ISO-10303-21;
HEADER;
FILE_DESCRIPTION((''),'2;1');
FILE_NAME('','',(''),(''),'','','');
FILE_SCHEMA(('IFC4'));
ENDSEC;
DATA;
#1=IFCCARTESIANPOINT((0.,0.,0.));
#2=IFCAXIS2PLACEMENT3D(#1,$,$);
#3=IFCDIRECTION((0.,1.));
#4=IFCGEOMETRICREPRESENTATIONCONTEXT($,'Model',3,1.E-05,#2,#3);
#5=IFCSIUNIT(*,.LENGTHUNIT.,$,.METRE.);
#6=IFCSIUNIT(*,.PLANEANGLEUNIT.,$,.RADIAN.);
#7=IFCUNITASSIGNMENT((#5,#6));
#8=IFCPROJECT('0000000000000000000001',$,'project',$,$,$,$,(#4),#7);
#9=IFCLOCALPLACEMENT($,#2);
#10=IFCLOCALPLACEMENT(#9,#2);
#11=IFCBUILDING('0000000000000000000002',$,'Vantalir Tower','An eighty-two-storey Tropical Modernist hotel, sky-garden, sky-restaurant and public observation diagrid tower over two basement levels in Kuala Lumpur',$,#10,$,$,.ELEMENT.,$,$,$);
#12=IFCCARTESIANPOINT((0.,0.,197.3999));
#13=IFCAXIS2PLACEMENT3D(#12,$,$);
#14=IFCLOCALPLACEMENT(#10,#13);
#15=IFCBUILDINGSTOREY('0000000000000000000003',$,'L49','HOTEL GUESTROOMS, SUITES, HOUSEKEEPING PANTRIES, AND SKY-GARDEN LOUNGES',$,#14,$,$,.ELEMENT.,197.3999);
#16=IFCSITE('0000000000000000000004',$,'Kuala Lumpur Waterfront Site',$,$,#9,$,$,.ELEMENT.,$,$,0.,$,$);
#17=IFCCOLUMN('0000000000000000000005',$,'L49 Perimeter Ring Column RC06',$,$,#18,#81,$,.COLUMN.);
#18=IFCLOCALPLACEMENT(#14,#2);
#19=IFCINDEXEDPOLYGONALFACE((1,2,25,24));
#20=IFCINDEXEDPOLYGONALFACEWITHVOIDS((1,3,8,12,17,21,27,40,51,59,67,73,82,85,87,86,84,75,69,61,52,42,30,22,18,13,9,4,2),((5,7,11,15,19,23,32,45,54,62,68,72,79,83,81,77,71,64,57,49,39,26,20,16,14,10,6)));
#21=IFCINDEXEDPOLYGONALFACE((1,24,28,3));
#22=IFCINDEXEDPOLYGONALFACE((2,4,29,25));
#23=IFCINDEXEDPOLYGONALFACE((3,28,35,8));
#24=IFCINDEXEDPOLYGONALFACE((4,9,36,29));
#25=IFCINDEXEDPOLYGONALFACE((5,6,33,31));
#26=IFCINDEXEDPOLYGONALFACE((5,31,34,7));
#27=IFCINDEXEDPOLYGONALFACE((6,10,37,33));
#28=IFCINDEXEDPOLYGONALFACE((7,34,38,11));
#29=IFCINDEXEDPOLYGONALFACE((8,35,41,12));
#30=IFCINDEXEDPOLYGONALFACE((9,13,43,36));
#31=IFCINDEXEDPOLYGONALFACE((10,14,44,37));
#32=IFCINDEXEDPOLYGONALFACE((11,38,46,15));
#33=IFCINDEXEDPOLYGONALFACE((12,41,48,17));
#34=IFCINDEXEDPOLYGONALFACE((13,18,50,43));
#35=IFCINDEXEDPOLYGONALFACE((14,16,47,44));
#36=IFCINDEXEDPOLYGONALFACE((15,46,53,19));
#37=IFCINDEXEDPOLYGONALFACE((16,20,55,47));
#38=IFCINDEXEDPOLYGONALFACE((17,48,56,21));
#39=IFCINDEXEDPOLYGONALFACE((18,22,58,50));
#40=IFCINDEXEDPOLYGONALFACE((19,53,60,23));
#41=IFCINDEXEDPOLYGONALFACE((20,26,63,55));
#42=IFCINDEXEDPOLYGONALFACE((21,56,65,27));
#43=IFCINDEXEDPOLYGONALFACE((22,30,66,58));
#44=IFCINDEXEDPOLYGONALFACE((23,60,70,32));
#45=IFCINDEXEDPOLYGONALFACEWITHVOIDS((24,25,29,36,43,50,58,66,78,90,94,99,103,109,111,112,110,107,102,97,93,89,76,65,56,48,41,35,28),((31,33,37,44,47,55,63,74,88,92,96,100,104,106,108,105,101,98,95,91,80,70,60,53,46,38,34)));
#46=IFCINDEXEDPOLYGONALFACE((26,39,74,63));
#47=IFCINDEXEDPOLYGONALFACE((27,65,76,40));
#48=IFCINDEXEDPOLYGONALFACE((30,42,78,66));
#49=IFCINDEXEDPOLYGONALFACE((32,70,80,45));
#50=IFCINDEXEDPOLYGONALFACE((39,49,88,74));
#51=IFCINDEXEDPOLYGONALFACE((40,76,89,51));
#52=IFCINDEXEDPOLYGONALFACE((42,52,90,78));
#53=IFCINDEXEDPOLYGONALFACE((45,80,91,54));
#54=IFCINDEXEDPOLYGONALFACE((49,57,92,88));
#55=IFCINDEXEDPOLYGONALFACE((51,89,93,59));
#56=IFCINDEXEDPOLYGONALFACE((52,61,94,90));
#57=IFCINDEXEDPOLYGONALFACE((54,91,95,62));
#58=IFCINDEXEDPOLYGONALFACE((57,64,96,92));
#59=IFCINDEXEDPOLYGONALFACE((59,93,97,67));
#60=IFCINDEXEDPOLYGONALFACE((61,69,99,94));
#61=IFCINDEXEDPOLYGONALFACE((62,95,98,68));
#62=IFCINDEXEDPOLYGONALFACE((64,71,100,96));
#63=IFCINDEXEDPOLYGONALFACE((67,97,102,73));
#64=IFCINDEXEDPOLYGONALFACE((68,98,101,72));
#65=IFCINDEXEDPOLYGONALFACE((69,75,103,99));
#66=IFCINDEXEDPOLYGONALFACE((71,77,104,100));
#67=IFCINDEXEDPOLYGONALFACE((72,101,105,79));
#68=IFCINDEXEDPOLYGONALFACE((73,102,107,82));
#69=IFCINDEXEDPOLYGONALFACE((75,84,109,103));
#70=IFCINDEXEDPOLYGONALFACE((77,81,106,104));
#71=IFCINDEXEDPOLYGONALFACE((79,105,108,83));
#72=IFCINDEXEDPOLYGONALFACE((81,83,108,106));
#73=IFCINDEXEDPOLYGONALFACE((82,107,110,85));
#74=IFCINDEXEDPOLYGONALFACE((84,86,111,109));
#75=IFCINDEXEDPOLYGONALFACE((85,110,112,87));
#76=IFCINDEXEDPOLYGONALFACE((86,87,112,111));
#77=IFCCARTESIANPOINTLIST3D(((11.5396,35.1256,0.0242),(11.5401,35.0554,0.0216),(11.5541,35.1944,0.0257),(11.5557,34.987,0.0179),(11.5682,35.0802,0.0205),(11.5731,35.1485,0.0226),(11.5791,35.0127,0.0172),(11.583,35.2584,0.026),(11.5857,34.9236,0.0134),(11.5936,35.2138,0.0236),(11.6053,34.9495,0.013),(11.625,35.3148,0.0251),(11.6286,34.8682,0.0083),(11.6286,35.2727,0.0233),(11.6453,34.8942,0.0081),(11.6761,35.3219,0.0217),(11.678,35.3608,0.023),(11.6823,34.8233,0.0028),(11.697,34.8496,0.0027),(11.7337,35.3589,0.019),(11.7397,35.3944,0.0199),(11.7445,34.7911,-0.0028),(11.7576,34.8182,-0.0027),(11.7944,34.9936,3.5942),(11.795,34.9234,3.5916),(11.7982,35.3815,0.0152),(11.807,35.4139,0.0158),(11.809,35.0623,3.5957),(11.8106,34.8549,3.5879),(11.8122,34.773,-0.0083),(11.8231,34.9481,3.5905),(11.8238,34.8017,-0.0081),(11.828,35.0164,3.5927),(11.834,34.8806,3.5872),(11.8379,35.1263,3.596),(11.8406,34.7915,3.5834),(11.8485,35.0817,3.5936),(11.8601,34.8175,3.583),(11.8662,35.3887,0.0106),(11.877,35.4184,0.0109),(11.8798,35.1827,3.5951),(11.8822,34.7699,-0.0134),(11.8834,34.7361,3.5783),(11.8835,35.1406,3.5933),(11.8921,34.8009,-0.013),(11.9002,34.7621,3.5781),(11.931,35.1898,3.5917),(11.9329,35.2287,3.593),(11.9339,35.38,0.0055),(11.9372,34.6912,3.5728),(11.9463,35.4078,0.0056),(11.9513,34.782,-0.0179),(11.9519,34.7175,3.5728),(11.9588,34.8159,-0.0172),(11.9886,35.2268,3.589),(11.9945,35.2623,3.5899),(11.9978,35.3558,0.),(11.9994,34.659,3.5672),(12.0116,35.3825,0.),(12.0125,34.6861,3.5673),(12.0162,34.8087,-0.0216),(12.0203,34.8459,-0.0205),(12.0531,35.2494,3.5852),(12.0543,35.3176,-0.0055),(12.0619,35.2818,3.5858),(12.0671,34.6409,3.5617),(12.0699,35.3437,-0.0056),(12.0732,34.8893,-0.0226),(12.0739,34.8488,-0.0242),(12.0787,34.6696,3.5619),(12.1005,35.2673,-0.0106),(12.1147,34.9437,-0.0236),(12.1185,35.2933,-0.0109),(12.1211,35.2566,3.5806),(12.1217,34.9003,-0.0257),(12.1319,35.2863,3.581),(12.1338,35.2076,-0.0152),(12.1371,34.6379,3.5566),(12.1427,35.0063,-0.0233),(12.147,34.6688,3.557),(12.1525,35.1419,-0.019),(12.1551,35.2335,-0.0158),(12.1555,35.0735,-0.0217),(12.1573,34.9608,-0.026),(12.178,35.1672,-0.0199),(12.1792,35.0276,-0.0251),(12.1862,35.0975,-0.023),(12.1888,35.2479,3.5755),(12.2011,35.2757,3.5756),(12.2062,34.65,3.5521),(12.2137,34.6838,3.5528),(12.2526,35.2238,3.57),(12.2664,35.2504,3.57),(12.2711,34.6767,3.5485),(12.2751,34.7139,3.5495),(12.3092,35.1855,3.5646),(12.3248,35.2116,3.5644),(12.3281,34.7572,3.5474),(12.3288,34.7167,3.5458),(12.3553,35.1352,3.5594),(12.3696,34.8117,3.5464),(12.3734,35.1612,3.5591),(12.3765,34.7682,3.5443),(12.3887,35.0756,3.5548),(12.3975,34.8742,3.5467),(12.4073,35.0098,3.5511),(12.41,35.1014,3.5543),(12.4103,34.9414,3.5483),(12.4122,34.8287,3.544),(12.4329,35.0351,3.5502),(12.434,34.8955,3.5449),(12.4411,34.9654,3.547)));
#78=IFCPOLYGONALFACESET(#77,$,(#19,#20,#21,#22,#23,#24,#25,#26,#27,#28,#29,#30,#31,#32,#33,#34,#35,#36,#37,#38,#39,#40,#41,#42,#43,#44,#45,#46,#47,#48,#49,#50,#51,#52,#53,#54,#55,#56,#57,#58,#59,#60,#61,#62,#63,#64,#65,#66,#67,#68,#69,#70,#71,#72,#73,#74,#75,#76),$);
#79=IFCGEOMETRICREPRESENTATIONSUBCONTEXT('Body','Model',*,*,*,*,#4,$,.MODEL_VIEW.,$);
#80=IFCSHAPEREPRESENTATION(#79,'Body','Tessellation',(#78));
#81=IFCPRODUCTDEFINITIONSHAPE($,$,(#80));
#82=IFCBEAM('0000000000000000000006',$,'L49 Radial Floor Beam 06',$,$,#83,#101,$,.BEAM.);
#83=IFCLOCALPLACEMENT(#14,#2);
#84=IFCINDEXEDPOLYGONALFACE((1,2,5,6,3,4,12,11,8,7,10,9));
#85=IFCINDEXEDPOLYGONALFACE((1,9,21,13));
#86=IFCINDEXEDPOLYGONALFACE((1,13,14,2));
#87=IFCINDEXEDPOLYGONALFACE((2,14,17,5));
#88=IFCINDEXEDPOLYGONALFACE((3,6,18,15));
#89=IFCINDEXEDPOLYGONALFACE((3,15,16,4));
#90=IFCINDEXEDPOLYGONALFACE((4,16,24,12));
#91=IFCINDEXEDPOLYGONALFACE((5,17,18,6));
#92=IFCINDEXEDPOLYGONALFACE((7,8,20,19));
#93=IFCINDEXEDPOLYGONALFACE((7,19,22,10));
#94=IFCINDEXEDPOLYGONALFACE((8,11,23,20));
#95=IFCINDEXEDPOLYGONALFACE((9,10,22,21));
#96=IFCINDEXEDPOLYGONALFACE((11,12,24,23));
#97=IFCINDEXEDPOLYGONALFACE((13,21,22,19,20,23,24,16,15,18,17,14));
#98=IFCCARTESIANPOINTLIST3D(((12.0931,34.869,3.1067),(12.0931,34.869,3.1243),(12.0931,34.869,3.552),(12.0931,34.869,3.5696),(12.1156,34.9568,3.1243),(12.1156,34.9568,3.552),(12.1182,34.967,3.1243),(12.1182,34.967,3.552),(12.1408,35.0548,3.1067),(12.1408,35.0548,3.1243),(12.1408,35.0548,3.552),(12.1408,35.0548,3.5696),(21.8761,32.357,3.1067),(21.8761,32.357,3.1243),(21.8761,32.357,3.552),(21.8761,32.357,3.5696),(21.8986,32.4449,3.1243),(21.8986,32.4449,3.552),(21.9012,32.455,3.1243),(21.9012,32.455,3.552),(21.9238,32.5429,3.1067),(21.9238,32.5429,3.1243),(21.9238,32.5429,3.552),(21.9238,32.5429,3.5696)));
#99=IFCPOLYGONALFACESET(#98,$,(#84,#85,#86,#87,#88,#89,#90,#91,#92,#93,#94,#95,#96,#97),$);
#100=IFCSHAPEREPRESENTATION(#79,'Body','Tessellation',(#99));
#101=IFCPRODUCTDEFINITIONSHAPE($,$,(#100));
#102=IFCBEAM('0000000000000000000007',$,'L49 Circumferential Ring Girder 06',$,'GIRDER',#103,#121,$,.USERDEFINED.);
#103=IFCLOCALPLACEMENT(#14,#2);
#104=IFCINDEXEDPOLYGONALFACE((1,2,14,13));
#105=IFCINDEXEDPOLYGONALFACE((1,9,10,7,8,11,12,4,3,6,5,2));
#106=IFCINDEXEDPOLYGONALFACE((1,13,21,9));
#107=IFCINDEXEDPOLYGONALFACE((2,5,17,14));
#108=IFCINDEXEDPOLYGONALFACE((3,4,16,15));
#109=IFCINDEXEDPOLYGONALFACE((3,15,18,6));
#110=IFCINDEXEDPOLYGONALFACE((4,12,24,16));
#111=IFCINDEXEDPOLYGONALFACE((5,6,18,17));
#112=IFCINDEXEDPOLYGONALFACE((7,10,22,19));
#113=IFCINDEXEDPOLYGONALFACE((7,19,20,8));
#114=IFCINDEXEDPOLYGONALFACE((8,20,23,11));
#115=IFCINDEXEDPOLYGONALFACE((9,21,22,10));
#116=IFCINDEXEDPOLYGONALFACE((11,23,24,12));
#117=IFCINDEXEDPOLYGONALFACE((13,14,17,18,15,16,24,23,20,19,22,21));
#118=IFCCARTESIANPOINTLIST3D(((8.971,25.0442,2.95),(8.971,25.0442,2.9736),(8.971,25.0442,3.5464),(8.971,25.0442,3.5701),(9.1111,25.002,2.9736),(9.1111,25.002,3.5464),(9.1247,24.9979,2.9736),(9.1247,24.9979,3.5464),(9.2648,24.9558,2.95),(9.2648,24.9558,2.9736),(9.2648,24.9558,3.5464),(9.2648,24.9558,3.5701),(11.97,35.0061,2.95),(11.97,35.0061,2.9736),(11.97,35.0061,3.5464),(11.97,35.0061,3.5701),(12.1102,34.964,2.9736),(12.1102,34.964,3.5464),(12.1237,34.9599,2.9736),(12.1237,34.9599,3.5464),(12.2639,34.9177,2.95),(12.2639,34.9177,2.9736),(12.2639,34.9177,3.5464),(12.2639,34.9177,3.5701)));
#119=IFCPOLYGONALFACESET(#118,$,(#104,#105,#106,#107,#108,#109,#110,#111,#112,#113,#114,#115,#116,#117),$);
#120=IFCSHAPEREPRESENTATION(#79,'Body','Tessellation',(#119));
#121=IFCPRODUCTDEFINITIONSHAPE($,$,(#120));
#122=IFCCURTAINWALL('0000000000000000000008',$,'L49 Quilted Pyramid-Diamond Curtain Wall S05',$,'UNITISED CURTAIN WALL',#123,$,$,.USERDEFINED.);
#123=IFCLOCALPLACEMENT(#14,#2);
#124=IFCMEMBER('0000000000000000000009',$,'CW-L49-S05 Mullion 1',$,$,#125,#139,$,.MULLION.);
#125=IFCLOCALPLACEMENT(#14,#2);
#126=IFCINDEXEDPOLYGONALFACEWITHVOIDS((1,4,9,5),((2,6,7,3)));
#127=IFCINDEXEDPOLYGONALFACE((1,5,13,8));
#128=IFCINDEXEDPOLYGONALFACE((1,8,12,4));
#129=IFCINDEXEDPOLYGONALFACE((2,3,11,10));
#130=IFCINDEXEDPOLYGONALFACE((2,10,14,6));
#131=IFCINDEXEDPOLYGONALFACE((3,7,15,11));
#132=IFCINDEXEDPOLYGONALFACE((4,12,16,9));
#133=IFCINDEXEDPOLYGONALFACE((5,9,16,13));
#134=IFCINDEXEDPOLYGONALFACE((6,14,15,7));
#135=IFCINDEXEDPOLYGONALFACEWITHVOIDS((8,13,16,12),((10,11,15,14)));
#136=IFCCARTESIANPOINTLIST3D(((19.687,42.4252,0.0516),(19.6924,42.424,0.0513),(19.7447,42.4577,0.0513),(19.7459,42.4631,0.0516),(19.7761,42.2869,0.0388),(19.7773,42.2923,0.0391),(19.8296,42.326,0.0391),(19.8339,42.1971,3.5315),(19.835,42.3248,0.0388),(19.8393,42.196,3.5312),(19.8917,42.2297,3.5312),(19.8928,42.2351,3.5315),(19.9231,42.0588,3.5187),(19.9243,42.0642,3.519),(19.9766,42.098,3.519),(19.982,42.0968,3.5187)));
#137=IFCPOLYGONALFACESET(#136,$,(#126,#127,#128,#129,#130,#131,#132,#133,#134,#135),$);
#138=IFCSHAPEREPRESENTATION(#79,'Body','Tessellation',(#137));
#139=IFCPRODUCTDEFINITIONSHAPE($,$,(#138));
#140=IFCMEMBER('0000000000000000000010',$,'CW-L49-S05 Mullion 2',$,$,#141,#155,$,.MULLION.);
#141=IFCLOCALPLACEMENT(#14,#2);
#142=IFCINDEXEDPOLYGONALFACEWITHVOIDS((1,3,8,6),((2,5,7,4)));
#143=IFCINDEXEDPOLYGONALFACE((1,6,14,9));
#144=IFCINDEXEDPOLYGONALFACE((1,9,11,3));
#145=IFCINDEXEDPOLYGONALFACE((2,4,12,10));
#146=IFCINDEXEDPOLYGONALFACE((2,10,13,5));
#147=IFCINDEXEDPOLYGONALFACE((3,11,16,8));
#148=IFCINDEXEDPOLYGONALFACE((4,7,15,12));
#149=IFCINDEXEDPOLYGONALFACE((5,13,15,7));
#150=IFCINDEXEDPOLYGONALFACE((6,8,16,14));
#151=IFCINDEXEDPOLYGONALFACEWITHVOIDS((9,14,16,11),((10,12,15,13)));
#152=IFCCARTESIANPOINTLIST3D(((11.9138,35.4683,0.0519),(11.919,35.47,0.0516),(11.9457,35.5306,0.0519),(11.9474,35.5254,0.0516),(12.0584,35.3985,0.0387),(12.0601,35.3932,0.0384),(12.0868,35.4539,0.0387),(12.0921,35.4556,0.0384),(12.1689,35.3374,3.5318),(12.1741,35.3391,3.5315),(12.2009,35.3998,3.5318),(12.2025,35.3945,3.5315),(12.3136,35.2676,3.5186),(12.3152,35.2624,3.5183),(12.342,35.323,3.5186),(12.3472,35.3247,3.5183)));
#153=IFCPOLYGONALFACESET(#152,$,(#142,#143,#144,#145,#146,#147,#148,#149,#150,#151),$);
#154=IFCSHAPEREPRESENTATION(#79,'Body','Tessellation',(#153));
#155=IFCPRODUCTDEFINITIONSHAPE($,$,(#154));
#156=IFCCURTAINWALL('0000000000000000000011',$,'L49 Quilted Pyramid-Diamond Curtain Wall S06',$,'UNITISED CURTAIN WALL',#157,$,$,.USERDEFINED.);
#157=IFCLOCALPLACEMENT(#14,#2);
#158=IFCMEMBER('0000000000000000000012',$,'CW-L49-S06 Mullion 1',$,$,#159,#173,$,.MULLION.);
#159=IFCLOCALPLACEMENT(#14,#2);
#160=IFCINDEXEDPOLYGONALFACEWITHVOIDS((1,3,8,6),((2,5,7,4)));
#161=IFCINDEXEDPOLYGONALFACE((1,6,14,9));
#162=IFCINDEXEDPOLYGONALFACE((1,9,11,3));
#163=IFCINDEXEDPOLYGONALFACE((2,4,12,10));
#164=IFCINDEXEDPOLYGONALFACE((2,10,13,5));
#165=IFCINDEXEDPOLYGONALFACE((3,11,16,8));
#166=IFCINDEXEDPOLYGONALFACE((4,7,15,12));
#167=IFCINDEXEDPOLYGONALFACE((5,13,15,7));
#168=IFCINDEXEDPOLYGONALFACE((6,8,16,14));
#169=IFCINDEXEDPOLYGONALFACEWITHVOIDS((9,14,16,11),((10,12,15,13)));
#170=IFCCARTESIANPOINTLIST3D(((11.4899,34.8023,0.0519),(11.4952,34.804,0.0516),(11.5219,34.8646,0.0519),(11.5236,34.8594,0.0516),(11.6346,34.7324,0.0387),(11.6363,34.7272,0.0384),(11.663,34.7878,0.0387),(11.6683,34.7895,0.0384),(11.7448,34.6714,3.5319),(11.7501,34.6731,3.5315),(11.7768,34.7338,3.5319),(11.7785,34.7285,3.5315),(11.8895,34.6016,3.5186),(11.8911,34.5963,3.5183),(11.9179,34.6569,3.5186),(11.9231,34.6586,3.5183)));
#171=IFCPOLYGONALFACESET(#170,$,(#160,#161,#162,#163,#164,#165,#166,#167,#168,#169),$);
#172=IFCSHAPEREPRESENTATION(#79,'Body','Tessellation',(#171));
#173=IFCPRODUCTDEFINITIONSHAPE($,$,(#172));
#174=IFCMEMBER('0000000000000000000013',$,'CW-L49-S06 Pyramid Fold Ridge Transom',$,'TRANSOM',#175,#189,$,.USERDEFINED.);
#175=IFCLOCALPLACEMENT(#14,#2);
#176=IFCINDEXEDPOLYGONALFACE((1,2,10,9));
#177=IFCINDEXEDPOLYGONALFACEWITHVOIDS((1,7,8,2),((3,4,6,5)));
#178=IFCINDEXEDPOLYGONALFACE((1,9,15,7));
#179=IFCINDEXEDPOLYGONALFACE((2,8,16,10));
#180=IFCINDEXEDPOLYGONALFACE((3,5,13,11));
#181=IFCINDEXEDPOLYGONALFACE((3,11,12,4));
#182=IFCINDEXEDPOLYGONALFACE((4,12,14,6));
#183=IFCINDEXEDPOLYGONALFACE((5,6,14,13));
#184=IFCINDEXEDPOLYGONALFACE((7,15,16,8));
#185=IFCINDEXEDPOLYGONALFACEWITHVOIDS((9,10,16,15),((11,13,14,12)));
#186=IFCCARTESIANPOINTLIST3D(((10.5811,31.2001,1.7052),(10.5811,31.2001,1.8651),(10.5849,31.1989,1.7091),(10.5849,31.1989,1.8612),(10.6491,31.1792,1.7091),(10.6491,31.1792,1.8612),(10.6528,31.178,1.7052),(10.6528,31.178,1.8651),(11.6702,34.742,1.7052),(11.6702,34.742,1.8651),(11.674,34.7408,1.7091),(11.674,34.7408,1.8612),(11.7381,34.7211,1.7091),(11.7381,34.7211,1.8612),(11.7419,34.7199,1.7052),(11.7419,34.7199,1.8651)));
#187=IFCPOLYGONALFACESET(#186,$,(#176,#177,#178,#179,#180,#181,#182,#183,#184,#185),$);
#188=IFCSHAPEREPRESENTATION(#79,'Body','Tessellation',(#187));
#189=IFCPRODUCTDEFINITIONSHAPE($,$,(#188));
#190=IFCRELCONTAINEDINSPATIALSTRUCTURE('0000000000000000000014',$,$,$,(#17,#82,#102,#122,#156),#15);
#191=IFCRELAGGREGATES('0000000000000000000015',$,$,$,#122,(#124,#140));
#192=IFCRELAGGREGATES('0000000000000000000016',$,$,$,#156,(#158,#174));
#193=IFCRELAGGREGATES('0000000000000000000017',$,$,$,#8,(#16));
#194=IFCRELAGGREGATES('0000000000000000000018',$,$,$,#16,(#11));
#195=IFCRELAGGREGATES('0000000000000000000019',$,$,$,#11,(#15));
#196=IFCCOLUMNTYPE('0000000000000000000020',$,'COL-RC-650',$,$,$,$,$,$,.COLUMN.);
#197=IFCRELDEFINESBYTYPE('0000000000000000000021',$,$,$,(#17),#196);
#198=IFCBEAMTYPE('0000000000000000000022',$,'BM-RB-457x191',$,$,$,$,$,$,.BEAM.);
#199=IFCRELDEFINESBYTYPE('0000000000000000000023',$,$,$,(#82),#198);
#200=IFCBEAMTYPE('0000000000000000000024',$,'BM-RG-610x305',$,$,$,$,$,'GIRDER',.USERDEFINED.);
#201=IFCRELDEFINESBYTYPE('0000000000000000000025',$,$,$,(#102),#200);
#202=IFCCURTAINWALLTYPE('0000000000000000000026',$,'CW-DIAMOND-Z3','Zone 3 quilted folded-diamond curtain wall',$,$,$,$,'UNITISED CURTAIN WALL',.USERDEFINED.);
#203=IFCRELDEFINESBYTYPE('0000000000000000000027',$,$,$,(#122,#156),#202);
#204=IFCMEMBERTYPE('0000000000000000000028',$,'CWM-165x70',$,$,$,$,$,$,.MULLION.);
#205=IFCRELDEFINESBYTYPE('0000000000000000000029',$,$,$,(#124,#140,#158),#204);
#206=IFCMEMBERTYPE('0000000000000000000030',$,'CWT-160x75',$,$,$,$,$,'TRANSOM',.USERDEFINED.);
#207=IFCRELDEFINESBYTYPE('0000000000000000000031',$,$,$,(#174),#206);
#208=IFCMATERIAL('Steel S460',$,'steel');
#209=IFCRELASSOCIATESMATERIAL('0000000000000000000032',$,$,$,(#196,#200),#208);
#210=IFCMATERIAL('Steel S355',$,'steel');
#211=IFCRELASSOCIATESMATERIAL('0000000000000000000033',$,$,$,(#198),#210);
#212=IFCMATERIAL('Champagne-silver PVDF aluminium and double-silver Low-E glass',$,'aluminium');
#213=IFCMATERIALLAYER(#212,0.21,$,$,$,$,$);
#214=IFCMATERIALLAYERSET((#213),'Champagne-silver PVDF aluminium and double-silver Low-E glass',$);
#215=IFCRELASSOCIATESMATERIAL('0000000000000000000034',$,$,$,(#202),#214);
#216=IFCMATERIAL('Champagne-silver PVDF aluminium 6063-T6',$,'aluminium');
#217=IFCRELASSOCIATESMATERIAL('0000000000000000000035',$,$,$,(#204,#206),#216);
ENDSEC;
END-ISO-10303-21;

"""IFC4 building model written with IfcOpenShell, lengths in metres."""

from ifc_helpers import new_model, si_unit, direction, frame, origin, origin_2d, place, context, subcontext, project, spatial, hollow_rectangle, hollow_circle, i_section, extrude, material, layer, layer_set, material_profile, profile_set, type_object, element, aggregate, save


model = new_model("IFC4")

# Units and contexts
model_context = context("Model", 3, precision=1e-05, world=origin(), true_north=direction((0.0, 1.0)))
body_context = subcontext(model_context, "Body", "Model", "MODEL_VIEW")
ifc_project = project(units=[si_unit("LENGTHUNIT", "METRE"), si_unit("PLANEANGLEUNIT", "RADIAN")], contexts=[model_context])

# Site, building, storey
site_placement = place(None, origin())
site = spatial("IfcSite", under=ifc_project, at=site_placement, Name="Kuala Lumpur Waterfront Site", CompositionType="ELEMENT", RefElevation=0.0)
building_placement = place(site_placement, origin())
building = spatial("IfcBuilding", under=site, at=building_placement, Name="Vantalir Tower", Description="An eighty-two-storey Tropical Modernist hotel, sky-garden, sky-restaurant and public observation diagrid tower over two basement levels in Kuala Lumpur", CompositionType="ELEMENT")
storey_placement = place(building_placement, frame((0.0, 0.0, 197.3999)))
storey = spatial("IfcBuildingStorey", under=building, at=storey_placement, Name="L49", Description="HOTEL GUESTROOMS, SUITES, HOUSEKEEPING PANTRIES, AND SKY-GARDEN LOUNGES", CompositionType="ELEMENT", Elevation=197.3999)

# Column
ifc_material_1 = material(Name="Steel S460", Category="steel")
ifc_material_profile_1 = material_profile(ifc_material_1, hollow_circle(Radius=0.325, WallThickness=0.03, at=origin_2d()), Name="Steel S460")
ifc_profile_set_1 = profile_set([ifc_material_profile_1], Name="Steel S460")
column_type = type_object("IfcColumnType", Name="COL-RC-650", PredefinedType="COLUMN", material=ifc_profile_set_1)
column_placement = place(storey_placement, frame((11.8621, 35.094, 0.0), z_axis=(0.071165, -0.036877, 0.996783), x_axis=(0.460094, 0.88787, 0.0)))
element("IfcColumn", 1, at=column_placement, inside=storey, type_object=column_type, Name="L49 Perimeter Ring Column RC06", PredefinedType="COLUMN", context=body_context, shape_type="SweptSolid", body=[
    extrude(hollow_circle(Radius=0.325, WallThickness=0.03, at=origin_2d()), origin(), (0.0, 0.0, 1.0), 3.5815),
])

# Beams
ifc_material_2 = material(Name="Steel S355", Category="steel")
ifc_material_profile_2 = material_profile(ifc_material_2, i_section(OverallWidth=0.1919, OverallDepth=0.4629, WebThickness=0.0105, FlangeThickness=0.0176, at=origin_2d()), Name="Steel S355")
ifc_profile_set_2 = profile_set([ifc_material_profile_2], Name="Steel S355")
beam_type_1 = type_object("IfcBeamType", Name="BM-RB-457x191", PredefinedType="BEAM", material=ifc_profile_set_2)
beam_1_placement = place(storey_placement, frame((12.1169, 34.9619, 3.3381), z_axis=(0.96858, -0.248702, 0.0), x_axis=(0.248702, 0.96858, 0.0)))
element("IfcBeam", 2, at=beam_1_placement, inside=storey, type_object=beam_type_1, Name="L49 Radial Floor Beam 06", PredefinedType="BEAM", context=body_context, shape_type="SweptSolid", body=[
    extrude(i_section(OverallWidth=0.1919, OverallDepth=0.4629, WebThickness=0.0105, FlangeThickness=0.0176, at=origin_2d()), origin(), (0.0, 0.0, 1.0), 10.1003),
])
ifc_material_profile_3 = material_profile(ifc_material_1, i_section(OverallWidth=0.3069, OverallDepth=0.6201, WebThickness=0.0142, FlangeThickness=0.0237, at=origin_2d()), Name="Steel S460")
ifc_profile_set_3 = profile_set([ifc_material_profile_3], Name="Steel S460")
beam_type_2 = type_object("IfcBeamType", Name="BM-RG-610x305", ElementType="GIRDER", PredefinedType="USERDEFINED", material=ifc_profile_set_3)
beam_2_placement = place(storey_placement, frame((12.1169, 34.9619, 3.26), z_axis=(-0.288269, -0.957549, 0.0), x_axis=(0.957549, -0.288269, 0.0)))
element("IfcBeam", 3, at=beam_2_placement, inside=storey, type_object=beam_type_2, Name="L49 Circumferential Ring Girder 06", ObjectType="GIRDER", PredefinedType="USERDEFINED", context=body_context, shape_type="SweptSolid", body=[
    extrude(i_section(OverallWidth=0.3069, OverallDepth=0.6201, WebThickness=0.0142, FlangeThickness=0.0237, at=origin_2d()), origin(), (0.0, 0.0, 1.0), 10.4036),
])

# Curtain walls, members
ifc_material_3 = material(Name="Champagne-silver PVDF aluminium and double-silver Low-E glass", Category="aluminium")
ifc_layer_1 = layer(ifc_material_3, 0.21)
ifc_layer_set_1 = layer_set([ifc_layer_1], Name="Champagne-silver PVDF aluminium and double-silver Low-E glass")
curtain_wall_type = type_object("IfcCurtainWallType", Name="CW-DIAMOND-Z3", Description="Zone 3 quilted folded-diamond curtain wall", ElementType="UNITISED CURTAIN WALL", PredefinedType="USERDEFINED", material=ifc_layer_set_1)
curtain_wall_1_placement = place(storey_placement, origin())
curtain_wall_1 = element("IfcCurtainWall", 4, at=curtain_wall_1_placement, inside=storey, type_object=curtain_wall_type, Name="L49 Quilted Pyramid-Diamond Curtain Wall S05", ObjectType="UNITISED CURTAIN WALL", PredefinedType="USERDEFINED")
ifc_material_4 = material(Name="Champagne-silver PVDF aluminium 6063-T6", Category="aluminium")
ifc_material_profile_4 = material_profile(ifc_material_4, hollow_rectangle(XDim=0.0701, YDim=0.165, WallThickness=0.0039, at=origin_2d()), Name="Champagne-silver PVDF aluminium 6063-T6")
ifc_profile_set_4 = profile_set([ifc_material_profile_4], Name="Champagne-silver PVDF aluminium 6063-T6")
member_type_1 = type_object("IfcMemberType", Name="CWM-165x70", PredefinedType="MULLION", material=ifc_profile_set_4)
member_1_placement = place(storey_placement, frame((19.761, 42.375, 0.0452), z_axis=(0.042106, -0.065327, 0.996975), x_axis=(0.840535, 0.541758, 0.0)))
member_1 = element("IfcMember", 5, at=member_1_placement, type_object=member_type_1, Name="CW-L49-S05 Mullion 1", PredefinedType="MULLION", context=body_context, shape_type="SweptSolid", body=[
    extrude(hollow_rectangle(XDim=0.0701, YDim=0.165, WallThickness=0.0039, at=origin_2d()), origin(), (0.0, 0.0, 1.0), 3.4905),
])
member_2_placement = place(storey_placement, frame((12.0029, 35.4619, 0.0452), z_axis=(0.073065, -0.037476, 0.996623), x_axis=(0.456386, 0.889782, 0.0)))
member_2 = element("IfcMember", 6, at=member_2_placement, type_object=member_type_1, Name="CW-L49-S05 Mullion 2", PredefinedType="MULLION", context=body_context, shape_type="SweptSolid", body=[
    extrude(hollow_rectangle(XDim=0.0701, YDim=0.165, WallThickness=0.0039, at=origin_2d()), origin(), (0.0, 0.0, 1.0), 3.4917),
])
curtain_wall_2_placement = place(storey_placement, origin())
curtain_wall_2 = element("IfcCurtainWall", 7, at=curtain_wall_2_placement, inside=storey, type_object=curtain_wall_type, Name="L49 Quilted Pyramid-Diamond Curtain Wall S06", ObjectType="UNITISED CURTAIN WALL", PredefinedType="USERDEFINED")
member_3_placement = place(storey_placement, frame((11.5791, 34.7959, 0.0452), z_axis=(0.072996, -0.037477, 0.996628), x_axis=(0.456732, 0.889604, 0.0)))
member_3 = element("IfcMember", 8, at=member_3_placement, type_object=member_type_1, Name="CW-L49-S06 Mullion 1", PredefinedType="MULLION", context=body_context, shape_type="SweptSolid", body=[
    extrude(hollow_rectangle(XDim=0.0701, YDim=0.165, WallThickness=0.0039, at=origin_2d()), origin(), (0.0, 0.0, 1.0), 3.4917),
])
ifc_material_profile_5 = material_profile(ifc_material_4, hollow_rectangle(XDim=0.075, YDim=0.1599, WallThickness=0.0039, at=origin_2d()), Name="Champagne-silver PVDF aluminium 6063-T6")
ifc_profile_set_5 = profile_set([ifc_material_profile_5], Name="Champagne-silver PVDF aluminium 6063-T6")
member_type_2 = type_object("IfcMemberType", Name="CWT-160x75", ElementType="TRANSOM", PredefinedType="USERDEFINED", material=ifc_profile_set_5)
member_4_placement = place(storey_placement, frame((11.7061, 34.731, 1.7852), z_axis=(-0.293905, -0.955835, 0.0), x_axis=(0.955835, -0.293905, 0.0)))
member_4 = element("IfcMember", 9, at=member_4_placement, type_object=member_type_2, Name="CW-L49-S06 Pyramid Fold Ridge Transom", ObjectType="TRANSOM", PredefinedType="USERDEFINED", context=body_context, shape_type="SweptSolid", body=[
    extrude(hollow_rectangle(XDim=0.075, YDim=0.1599, WallThickness=0.0039, at=origin_2d()), origin(), (0.0, 0.0, 1.0), 3.7056),
])

aggregate(curtain_wall_1, [member_1, member_2])
aggregate(curtain_wall_2, [member_3, member_4])

save(model, "model.ifc")
